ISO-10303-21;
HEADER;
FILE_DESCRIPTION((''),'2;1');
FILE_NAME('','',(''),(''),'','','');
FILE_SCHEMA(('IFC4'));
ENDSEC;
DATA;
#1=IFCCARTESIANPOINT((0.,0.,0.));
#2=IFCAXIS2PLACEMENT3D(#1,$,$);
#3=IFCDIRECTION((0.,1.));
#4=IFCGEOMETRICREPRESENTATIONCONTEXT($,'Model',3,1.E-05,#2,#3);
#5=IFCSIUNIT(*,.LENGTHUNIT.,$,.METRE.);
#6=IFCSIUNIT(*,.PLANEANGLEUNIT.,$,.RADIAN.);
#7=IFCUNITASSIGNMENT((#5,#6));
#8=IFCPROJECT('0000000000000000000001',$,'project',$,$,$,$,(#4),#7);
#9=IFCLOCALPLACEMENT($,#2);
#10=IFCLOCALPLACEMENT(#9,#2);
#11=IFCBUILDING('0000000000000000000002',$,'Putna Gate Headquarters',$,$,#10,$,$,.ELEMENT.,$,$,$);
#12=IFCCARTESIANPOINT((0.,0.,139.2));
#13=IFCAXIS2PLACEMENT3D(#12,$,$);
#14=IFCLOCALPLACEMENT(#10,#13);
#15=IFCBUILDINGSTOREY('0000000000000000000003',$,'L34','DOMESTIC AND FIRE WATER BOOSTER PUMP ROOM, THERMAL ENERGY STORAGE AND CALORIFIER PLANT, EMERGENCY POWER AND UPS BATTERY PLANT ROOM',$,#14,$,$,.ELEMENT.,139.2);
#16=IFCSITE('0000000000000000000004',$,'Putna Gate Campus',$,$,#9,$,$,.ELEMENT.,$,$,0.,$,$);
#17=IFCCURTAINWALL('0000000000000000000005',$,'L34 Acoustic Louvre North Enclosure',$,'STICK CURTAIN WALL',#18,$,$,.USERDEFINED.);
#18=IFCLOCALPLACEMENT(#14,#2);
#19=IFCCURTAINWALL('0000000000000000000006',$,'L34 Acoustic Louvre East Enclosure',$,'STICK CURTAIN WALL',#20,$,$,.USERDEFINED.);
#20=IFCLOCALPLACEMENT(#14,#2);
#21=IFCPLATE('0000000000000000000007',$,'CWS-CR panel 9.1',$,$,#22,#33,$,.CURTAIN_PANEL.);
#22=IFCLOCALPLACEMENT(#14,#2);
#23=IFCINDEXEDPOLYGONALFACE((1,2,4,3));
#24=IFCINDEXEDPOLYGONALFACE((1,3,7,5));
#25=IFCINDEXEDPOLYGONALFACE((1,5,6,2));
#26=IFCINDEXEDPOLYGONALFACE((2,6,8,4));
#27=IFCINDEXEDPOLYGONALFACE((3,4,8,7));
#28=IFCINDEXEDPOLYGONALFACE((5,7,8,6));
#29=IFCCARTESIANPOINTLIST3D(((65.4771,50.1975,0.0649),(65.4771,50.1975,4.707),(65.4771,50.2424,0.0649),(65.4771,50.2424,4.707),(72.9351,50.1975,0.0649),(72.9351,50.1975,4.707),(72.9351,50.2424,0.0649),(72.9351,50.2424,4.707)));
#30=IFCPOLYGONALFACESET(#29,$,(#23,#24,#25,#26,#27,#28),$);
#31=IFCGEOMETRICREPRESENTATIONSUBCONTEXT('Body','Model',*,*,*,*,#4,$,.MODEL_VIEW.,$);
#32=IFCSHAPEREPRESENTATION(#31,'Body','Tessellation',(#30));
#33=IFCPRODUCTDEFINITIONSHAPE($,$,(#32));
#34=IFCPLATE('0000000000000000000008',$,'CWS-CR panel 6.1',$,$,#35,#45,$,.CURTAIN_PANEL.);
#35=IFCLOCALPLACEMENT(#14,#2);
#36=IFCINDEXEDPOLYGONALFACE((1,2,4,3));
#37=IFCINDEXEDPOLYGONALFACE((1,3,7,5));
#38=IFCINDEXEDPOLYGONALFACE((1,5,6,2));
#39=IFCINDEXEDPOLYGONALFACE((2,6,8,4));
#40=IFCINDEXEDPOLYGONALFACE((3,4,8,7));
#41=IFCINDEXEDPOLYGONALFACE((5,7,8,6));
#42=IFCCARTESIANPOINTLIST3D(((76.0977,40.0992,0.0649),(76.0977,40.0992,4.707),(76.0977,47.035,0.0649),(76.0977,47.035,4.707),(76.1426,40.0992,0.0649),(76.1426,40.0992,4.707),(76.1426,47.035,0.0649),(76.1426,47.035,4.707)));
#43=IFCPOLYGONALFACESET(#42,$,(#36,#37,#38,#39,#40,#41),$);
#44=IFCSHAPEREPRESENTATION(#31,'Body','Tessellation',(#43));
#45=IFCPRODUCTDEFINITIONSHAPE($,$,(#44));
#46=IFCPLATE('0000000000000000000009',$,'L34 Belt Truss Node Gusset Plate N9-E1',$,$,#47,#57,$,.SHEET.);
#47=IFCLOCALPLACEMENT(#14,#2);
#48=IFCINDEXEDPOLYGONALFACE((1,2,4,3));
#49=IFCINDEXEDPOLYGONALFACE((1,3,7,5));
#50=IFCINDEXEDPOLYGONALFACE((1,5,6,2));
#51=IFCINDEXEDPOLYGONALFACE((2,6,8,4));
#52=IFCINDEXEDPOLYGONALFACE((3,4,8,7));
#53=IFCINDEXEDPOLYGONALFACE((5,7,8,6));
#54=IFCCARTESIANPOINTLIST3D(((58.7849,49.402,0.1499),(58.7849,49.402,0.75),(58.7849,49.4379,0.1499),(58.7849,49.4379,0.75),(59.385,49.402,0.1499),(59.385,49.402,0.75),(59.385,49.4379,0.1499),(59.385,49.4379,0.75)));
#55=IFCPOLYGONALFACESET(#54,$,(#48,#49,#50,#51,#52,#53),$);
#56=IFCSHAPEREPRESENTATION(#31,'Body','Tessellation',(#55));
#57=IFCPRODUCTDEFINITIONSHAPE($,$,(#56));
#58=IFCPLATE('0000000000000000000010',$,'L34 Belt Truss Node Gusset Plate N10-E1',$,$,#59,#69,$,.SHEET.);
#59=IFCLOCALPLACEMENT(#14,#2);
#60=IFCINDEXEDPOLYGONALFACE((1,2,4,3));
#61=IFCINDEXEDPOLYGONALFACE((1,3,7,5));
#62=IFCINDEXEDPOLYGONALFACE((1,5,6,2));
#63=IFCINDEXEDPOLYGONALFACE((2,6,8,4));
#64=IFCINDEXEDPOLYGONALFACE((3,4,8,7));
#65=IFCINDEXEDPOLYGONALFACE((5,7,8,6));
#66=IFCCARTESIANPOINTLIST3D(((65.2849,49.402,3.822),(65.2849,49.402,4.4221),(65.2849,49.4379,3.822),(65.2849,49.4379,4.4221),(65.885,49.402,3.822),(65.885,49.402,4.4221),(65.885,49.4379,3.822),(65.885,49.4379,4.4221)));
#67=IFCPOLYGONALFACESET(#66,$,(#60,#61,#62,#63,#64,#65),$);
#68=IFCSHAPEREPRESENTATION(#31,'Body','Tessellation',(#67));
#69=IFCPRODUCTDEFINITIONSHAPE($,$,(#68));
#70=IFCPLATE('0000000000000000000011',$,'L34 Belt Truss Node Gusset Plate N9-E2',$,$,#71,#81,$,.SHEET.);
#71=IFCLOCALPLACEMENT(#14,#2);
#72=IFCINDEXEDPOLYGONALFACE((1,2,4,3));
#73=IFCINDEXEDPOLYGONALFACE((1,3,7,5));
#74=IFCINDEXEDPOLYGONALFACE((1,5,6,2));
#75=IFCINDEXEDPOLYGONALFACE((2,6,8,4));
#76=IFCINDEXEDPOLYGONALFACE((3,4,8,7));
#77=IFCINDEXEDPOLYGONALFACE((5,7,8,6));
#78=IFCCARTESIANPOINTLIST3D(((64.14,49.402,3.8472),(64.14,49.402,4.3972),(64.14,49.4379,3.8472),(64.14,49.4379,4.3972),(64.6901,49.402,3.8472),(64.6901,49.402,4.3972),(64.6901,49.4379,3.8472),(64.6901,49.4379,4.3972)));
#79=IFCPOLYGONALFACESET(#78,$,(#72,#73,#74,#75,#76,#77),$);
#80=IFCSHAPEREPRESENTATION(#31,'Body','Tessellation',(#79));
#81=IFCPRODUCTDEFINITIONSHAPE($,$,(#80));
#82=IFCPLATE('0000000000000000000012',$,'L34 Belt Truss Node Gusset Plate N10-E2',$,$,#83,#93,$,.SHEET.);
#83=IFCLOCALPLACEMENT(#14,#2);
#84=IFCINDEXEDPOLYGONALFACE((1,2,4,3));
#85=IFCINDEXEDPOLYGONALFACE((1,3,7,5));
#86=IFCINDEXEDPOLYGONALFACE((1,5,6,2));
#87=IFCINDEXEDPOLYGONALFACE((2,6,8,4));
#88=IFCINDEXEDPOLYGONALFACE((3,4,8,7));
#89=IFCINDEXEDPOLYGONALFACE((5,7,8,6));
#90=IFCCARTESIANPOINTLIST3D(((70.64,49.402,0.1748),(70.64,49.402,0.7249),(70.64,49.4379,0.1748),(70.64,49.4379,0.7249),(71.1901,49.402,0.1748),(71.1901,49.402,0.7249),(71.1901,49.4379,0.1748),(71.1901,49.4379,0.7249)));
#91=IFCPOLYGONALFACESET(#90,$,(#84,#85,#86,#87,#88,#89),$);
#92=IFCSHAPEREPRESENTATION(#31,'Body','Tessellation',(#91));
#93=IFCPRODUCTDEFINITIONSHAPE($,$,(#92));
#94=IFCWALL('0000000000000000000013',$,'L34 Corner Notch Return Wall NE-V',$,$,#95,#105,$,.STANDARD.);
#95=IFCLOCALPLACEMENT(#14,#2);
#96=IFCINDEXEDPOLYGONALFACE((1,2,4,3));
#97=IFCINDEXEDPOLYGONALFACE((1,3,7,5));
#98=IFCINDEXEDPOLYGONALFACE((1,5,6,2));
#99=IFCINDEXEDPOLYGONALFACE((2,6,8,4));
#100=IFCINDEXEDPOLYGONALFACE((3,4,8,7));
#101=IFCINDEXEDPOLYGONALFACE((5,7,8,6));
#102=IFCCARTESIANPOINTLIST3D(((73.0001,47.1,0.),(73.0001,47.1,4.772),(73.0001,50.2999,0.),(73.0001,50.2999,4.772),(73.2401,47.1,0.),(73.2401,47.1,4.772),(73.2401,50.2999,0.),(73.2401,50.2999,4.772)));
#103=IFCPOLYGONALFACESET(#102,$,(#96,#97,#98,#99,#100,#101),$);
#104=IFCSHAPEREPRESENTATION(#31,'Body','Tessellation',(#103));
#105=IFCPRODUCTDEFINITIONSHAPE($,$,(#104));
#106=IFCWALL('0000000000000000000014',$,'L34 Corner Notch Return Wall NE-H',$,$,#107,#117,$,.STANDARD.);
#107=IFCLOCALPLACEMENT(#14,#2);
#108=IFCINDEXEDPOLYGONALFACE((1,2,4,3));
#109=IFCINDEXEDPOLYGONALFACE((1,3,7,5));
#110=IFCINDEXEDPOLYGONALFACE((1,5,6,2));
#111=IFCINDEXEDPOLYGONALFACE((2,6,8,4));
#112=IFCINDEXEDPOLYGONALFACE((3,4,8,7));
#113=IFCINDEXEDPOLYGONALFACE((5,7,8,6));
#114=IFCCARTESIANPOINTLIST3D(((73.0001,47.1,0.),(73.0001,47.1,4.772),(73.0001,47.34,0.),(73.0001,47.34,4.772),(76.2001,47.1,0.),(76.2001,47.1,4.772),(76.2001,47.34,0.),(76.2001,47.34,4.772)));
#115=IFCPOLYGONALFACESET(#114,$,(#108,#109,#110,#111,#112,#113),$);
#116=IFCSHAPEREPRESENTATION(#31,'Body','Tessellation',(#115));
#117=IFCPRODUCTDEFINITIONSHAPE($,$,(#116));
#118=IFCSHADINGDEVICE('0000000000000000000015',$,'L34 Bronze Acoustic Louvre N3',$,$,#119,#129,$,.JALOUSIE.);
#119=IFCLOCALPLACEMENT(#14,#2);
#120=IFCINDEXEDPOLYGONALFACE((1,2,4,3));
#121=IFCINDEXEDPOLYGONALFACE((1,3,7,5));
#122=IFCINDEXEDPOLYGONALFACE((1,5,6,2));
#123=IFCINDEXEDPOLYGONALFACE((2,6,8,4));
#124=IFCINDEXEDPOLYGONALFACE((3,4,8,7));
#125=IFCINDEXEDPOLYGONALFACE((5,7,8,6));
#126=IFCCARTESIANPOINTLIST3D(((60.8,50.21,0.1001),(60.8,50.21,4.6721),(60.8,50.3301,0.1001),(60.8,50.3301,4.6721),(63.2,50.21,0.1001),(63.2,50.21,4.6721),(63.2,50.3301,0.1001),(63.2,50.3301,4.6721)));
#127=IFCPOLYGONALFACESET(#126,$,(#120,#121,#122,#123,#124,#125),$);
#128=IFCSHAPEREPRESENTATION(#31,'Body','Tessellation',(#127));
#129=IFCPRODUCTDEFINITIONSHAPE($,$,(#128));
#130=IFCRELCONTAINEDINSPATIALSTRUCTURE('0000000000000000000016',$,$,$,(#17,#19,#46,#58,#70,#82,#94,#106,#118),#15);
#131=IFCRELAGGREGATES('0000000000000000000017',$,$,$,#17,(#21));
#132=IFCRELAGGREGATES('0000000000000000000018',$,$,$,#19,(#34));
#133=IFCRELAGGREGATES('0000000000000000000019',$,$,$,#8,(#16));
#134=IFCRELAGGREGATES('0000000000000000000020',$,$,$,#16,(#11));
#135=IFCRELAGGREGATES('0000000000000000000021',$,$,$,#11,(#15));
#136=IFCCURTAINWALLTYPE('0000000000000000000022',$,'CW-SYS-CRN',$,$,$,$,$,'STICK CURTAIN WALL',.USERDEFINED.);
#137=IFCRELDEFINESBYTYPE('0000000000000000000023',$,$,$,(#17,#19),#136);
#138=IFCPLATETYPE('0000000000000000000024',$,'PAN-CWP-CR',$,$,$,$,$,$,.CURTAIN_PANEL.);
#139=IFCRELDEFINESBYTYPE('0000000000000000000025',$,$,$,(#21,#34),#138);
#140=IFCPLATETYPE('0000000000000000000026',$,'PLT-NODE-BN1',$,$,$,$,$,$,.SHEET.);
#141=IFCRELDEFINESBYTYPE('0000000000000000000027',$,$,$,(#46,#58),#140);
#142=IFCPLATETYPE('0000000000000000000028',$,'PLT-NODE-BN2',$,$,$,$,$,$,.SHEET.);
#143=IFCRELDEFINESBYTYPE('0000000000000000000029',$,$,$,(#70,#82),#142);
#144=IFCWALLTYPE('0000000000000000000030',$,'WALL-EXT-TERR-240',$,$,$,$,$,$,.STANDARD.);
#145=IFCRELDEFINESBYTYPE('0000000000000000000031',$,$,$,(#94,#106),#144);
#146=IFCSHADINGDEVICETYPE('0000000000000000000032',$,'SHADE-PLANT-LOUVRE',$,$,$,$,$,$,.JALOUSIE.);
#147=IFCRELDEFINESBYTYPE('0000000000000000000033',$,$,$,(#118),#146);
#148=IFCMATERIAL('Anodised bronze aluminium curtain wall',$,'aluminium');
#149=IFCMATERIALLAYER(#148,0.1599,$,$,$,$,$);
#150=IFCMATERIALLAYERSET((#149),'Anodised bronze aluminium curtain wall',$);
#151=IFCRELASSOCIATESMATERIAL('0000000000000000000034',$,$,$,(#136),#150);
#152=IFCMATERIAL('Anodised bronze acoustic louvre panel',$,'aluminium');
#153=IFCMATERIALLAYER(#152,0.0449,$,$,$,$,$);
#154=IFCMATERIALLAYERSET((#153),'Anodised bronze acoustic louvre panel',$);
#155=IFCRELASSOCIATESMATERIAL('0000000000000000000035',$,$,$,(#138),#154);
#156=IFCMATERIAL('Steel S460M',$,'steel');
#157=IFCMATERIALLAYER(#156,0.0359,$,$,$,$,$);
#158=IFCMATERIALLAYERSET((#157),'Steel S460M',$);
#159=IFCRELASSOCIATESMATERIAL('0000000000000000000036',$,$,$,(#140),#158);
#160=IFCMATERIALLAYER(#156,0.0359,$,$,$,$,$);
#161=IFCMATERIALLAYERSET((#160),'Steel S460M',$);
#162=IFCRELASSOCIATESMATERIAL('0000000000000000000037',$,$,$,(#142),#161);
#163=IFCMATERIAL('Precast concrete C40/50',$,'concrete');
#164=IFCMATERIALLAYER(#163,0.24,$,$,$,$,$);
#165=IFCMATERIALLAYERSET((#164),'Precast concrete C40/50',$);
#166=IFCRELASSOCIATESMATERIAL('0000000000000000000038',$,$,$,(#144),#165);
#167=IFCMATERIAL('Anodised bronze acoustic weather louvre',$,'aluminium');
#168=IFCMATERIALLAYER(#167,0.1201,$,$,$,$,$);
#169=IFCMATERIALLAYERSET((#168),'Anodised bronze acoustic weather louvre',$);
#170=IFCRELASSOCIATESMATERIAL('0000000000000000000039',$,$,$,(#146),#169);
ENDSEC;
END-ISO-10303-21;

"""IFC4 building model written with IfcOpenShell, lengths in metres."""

from ifc_helpers import new_model, si_unit, direction, frame, frame_2d, origin, origin_2d, place, context, subcontext, project, spatial, rectangle, extrude, material, layer, layer_set, type_object, element, aggregate, save


model = new_model("IFC4")

# Units and contexts
model_context = context("Model", 3, precision=1e-05, world=origin(), true_north=direction((0.0, 1.0)))
body_context = subcontext(model_context, "Body", "Model", "MODEL_VIEW")
ifc_project = project(units=[si_unit("LENGTHUNIT", "METRE"), si_unit("PLANEANGLEUNIT", "RADIAN")], contexts=[model_context])

# Site, building, storey
site_placement = place(None, origin())
site = spatial("IfcSite", under=ifc_project, at=site_placement, Name="Putna Gate Campus", CompositionType="ELEMENT", RefElevation=0.0)
building_placement = place(site_placement, origin())
building = spatial("IfcBuilding", under=site, at=building_placement, Name="Putna Gate Headquarters", CompositionType="ELEMENT")
storey_placement = place(building_placement, frame((0.0, 0.0, 139.2)))
storey = spatial("IfcBuildingStorey", under=building, at=storey_placement, Name="L34", Description="DOMESTIC AND FIRE WATER BOOSTER PUMP ROOM, THERMAL ENERGY STORAGE AND CALORIFIER PLANT, EMERGENCY POWER AND UPS BATTERY PLANT ROOM", CompositionType="ELEMENT", Elevation=139.2)

# Shared definitions
ifc_material_1 = material(Name="Steel S460M", Category="steel")

# Curtain walls
ifc_material_2 = material(Name="Anodised bronze aluminium curtain wall", Category="aluminium")
ifc_layer_1 = layer(ifc_material_2, 0.1599)
ifc_layer_set_1 = layer_set([ifc_layer_1], Name="Anodised bronze aluminium curtain wall")
curtain_wall_type = type_object("IfcCurtainWallType", Name="CW-SYS-CRN", ElementType="STICK CURTAIN WALL", PredefinedType="USERDEFINED", material=ifc_layer_set_1)
curtain_wall_1_placement = place(storey_placement, origin())
curtain_wall_1 = element("IfcCurtainWall", 1, at=curtain_wall_1_placement, inside=storey, type_object=curtain_wall_type, Name="L34 Acoustic Louvre North Enclosure", ObjectType="STICK CURTAIN WALL", PredefinedType="USERDEFINED")
curtain_wall_2_placement = place(storey_placement, origin())
curtain_wall_2 = element("IfcCurtainWall", 2, at=curtain_wall_2_placement, inside=storey, type_object=curtain_wall_type, Name="L34 Acoustic Louvre East Enclosure", ObjectType="STICK CURTAIN WALL", PredefinedType="USERDEFINED")

# Plates
ifc_material_3 = material(Name="Anodised bronze acoustic louvre panel", Category="aluminium")
ifc_layer_2 = layer(ifc_material_3, 0.0449)
ifc_layer_set_2 = layer_set([ifc_layer_2], Name="Anodised bronze acoustic louvre panel")
plate_type_1 = type_object("IfcPlateType", Name="PAN-CWP-CR", PredefinedType="CURTAIN_PANEL", material=ifc_layer_set_2)
plate_1_placement = place(storey_placement, frame((69.2061, 50.22, 0.0649), z_axis=(0.0, 0.0, 1.0), x_axis=(1.0, 0.0, 0.0)))
plate_1 = element("IfcPlate", 3, at=plate_1_placement, type_object=plate_type_1, Name="CWS-CR panel 9.1", PredefinedType="CURTAIN_PANEL", context=body_context, shape_type="SweptSolid", body=[
    extrude(rectangle(XDim=7.458, YDim=0.0449, at=origin_2d()), origin(), (0.0, 0.0, 1.0), 4.6421),
])
aggregate(curtain_wall_1, [plate_1])
plate_2_placement = place(storey_placement, frame((76.1201, 43.5671, 0.0649), z_axis=(0.0, 0.0, 1.0), x_axis=(0.0, 1.0, 0.0)))
plate_2 = element("IfcPlate", 4, at=plate_2_placement, type_object=plate_type_1, Name="CWS-CR panel 6.1", PredefinedType="CURTAIN_PANEL", context=body_context, shape_type="SweptSolid", body=[
    extrude(rectangle(XDim=6.9358, YDim=0.0449, at=origin_2d()), origin(), (0.0, 0.0, 1.0), 4.6421),
])
aggregate(curtain_wall_2, [plate_2])

# Plates
ifc_layer_3 = layer(ifc_material_1, 0.0359)
ifc_layer_set_3 = layer_set([ifc_layer_3], Name="Steel S460M")
plate_type_2 = type_object("IfcPlateType", Name="PLT-NODE-BN1", PredefinedType="SHEET", material=ifc_layer_set_3)
for number, where, z_axis, x_axis, name in (
    (5, (59.085, 49.4199, 0.1499), (0.0, 0.0, 1.0), (1.0, 0.0, 0.0), "L34 Belt Truss Node Gusset Plate N9-E1"),
    (6, (65.585, 49.4199, 3.822), (0.0, 0.0, 1.0), (1.0, 0.0, 0.0), "L34 Belt Truss Node Gusset Plate N10-E1"),
):
    element("IfcPlate", number, at=place(storey_placement, frame(where, z_axis=z_axis, x_axis=x_axis)), inside=storey, type_object=plate_type_2, Name=name, PredefinedType="SHEET", context=body_context, shape_type="SweptSolid", body=[
        extrude(rectangle(XDim=0.6001, YDim=0.0359, at=origin_2d()), origin(), (0.0, 0.0, 1.0), 0.6001),
    ])
ifc_layer_4 = layer(ifc_material_1, 0.0359)
ifc_layer_set_4 = layer_set([ifc_layer_4], Name="Steel S460M")
plate_type_3 = type_object("IfcPlateType", Name="PLT-NODE-BN2", PredefinedType="SHEET", material=ifc_layer_set_4)
for number, where, z_axis, x_axis, name in (
    (7, (64.415, 49.4199, 3.8472), (0.0, 0.0, 1.0), (1.0, 0.0, 0.0), "L34 Belt Truss Node Gusset Plate N9-E2"),
    (8, (70.915, 49.4199, 0.1748), (0.0, 0.0, 1.0), (1.0, 0.0, 0.0), "L34 Belt Truss Node Gusset Plate N10-E2"),
):
    element("IfcPlate", number, at=place(storey_placement, frame(where, z_axis=z_axis, x_axis=x_axis)), inside=storey, type_object=plate_type_3, Name=name, PredefinedType="SHEET", context=body_context, shape_type="SweptSolid", body=[
        extrude(rectangle(XDim=0.55, YDim=0.0359, at=origin_2d()), origin(), (0.0, 0.0, 1.0), 0.55),
    ])

# Walls
ifc_material_4 = material(Name="Precast concrete C40/50", Category="concrete")
ifc_layer_5 = layer(ifc_material_4, 0.24)
ifc_layer_set_5 = layer_set([ifc_layer_5], Name="Precast concrete C40/50")
wall_type = type_object("IfcWallType", Name="WALL-EXT-TERR-240", PredefinedType="STANDARD", material=ifc_layer_set_5)
for number, where, z_axis, x_axis, name in (
    (9, (73.1201, 50.3, 0.0), (0.0, 0.0, 1.0), (0.0, -1.0, 0.0), "L34 Corner Notch Return Wall NE-V"),
    (10, (73.0, 47.22, 0.0), (0.0, 0.0, 1.0), (1.0, 0.0, 0.0), "L34 Corner Notch Return Wall NE-H"),
):
    element("IfcWall", number, at=place(storey_placement, frame(where, z_axis=z_axis, x_axis=x_axis)), inside=storey, type_object=wall_type, Name=name, PredefinedType="STANDARD", context=body_context, shape_type="SweptSolid", body=[
        extrude(rectangle(XDim=3.2, YDim=0.24, at=frame_2d((1.6001, 0.0))), origin(), (0.0, 0.0, 1.0), 4.772),
    ])

# Shading device
ifc_material_5 = material(Name="Anodised bronze acoustic weather louvre", Category="aluminium")
ifc_layer_6 = layer(ifc_material_5, 0.1201)
ifc_layer_set_6 = layer_set([ifc_layer_6], Name="Anodised bronze acoustic weather louvre")
shading_device_type = type_object("IfcShadingDeviceType", Name="SHADE-PLANT-LOUVRE", PredefinedType="JALOUSIE", material=ifc_layer_set_6)
shading_device_placement = place(storey_placement, frame((62.0, 50.27, 0.1001), z_axis=(0.0, 0.0, 1.0), x_axis=(1.0, 0.0, 0.0)))
element("IfcShadingDevice", 11, at=shading_device_placement, inside=storey, type_object=shading_device_type, Name="L34 Bronze Acoustic Louvre N3", PredefinedType="JALOUSIE", context=body_context, shape_type="SweptSolid", body=[
    extrude(rectangle(XDim=2.3999, YDim=0.1201, at=origin_2d()), origin(), (0.0, 0.0, 1.0), 4.572),
])

save(model, "model.ifc")
